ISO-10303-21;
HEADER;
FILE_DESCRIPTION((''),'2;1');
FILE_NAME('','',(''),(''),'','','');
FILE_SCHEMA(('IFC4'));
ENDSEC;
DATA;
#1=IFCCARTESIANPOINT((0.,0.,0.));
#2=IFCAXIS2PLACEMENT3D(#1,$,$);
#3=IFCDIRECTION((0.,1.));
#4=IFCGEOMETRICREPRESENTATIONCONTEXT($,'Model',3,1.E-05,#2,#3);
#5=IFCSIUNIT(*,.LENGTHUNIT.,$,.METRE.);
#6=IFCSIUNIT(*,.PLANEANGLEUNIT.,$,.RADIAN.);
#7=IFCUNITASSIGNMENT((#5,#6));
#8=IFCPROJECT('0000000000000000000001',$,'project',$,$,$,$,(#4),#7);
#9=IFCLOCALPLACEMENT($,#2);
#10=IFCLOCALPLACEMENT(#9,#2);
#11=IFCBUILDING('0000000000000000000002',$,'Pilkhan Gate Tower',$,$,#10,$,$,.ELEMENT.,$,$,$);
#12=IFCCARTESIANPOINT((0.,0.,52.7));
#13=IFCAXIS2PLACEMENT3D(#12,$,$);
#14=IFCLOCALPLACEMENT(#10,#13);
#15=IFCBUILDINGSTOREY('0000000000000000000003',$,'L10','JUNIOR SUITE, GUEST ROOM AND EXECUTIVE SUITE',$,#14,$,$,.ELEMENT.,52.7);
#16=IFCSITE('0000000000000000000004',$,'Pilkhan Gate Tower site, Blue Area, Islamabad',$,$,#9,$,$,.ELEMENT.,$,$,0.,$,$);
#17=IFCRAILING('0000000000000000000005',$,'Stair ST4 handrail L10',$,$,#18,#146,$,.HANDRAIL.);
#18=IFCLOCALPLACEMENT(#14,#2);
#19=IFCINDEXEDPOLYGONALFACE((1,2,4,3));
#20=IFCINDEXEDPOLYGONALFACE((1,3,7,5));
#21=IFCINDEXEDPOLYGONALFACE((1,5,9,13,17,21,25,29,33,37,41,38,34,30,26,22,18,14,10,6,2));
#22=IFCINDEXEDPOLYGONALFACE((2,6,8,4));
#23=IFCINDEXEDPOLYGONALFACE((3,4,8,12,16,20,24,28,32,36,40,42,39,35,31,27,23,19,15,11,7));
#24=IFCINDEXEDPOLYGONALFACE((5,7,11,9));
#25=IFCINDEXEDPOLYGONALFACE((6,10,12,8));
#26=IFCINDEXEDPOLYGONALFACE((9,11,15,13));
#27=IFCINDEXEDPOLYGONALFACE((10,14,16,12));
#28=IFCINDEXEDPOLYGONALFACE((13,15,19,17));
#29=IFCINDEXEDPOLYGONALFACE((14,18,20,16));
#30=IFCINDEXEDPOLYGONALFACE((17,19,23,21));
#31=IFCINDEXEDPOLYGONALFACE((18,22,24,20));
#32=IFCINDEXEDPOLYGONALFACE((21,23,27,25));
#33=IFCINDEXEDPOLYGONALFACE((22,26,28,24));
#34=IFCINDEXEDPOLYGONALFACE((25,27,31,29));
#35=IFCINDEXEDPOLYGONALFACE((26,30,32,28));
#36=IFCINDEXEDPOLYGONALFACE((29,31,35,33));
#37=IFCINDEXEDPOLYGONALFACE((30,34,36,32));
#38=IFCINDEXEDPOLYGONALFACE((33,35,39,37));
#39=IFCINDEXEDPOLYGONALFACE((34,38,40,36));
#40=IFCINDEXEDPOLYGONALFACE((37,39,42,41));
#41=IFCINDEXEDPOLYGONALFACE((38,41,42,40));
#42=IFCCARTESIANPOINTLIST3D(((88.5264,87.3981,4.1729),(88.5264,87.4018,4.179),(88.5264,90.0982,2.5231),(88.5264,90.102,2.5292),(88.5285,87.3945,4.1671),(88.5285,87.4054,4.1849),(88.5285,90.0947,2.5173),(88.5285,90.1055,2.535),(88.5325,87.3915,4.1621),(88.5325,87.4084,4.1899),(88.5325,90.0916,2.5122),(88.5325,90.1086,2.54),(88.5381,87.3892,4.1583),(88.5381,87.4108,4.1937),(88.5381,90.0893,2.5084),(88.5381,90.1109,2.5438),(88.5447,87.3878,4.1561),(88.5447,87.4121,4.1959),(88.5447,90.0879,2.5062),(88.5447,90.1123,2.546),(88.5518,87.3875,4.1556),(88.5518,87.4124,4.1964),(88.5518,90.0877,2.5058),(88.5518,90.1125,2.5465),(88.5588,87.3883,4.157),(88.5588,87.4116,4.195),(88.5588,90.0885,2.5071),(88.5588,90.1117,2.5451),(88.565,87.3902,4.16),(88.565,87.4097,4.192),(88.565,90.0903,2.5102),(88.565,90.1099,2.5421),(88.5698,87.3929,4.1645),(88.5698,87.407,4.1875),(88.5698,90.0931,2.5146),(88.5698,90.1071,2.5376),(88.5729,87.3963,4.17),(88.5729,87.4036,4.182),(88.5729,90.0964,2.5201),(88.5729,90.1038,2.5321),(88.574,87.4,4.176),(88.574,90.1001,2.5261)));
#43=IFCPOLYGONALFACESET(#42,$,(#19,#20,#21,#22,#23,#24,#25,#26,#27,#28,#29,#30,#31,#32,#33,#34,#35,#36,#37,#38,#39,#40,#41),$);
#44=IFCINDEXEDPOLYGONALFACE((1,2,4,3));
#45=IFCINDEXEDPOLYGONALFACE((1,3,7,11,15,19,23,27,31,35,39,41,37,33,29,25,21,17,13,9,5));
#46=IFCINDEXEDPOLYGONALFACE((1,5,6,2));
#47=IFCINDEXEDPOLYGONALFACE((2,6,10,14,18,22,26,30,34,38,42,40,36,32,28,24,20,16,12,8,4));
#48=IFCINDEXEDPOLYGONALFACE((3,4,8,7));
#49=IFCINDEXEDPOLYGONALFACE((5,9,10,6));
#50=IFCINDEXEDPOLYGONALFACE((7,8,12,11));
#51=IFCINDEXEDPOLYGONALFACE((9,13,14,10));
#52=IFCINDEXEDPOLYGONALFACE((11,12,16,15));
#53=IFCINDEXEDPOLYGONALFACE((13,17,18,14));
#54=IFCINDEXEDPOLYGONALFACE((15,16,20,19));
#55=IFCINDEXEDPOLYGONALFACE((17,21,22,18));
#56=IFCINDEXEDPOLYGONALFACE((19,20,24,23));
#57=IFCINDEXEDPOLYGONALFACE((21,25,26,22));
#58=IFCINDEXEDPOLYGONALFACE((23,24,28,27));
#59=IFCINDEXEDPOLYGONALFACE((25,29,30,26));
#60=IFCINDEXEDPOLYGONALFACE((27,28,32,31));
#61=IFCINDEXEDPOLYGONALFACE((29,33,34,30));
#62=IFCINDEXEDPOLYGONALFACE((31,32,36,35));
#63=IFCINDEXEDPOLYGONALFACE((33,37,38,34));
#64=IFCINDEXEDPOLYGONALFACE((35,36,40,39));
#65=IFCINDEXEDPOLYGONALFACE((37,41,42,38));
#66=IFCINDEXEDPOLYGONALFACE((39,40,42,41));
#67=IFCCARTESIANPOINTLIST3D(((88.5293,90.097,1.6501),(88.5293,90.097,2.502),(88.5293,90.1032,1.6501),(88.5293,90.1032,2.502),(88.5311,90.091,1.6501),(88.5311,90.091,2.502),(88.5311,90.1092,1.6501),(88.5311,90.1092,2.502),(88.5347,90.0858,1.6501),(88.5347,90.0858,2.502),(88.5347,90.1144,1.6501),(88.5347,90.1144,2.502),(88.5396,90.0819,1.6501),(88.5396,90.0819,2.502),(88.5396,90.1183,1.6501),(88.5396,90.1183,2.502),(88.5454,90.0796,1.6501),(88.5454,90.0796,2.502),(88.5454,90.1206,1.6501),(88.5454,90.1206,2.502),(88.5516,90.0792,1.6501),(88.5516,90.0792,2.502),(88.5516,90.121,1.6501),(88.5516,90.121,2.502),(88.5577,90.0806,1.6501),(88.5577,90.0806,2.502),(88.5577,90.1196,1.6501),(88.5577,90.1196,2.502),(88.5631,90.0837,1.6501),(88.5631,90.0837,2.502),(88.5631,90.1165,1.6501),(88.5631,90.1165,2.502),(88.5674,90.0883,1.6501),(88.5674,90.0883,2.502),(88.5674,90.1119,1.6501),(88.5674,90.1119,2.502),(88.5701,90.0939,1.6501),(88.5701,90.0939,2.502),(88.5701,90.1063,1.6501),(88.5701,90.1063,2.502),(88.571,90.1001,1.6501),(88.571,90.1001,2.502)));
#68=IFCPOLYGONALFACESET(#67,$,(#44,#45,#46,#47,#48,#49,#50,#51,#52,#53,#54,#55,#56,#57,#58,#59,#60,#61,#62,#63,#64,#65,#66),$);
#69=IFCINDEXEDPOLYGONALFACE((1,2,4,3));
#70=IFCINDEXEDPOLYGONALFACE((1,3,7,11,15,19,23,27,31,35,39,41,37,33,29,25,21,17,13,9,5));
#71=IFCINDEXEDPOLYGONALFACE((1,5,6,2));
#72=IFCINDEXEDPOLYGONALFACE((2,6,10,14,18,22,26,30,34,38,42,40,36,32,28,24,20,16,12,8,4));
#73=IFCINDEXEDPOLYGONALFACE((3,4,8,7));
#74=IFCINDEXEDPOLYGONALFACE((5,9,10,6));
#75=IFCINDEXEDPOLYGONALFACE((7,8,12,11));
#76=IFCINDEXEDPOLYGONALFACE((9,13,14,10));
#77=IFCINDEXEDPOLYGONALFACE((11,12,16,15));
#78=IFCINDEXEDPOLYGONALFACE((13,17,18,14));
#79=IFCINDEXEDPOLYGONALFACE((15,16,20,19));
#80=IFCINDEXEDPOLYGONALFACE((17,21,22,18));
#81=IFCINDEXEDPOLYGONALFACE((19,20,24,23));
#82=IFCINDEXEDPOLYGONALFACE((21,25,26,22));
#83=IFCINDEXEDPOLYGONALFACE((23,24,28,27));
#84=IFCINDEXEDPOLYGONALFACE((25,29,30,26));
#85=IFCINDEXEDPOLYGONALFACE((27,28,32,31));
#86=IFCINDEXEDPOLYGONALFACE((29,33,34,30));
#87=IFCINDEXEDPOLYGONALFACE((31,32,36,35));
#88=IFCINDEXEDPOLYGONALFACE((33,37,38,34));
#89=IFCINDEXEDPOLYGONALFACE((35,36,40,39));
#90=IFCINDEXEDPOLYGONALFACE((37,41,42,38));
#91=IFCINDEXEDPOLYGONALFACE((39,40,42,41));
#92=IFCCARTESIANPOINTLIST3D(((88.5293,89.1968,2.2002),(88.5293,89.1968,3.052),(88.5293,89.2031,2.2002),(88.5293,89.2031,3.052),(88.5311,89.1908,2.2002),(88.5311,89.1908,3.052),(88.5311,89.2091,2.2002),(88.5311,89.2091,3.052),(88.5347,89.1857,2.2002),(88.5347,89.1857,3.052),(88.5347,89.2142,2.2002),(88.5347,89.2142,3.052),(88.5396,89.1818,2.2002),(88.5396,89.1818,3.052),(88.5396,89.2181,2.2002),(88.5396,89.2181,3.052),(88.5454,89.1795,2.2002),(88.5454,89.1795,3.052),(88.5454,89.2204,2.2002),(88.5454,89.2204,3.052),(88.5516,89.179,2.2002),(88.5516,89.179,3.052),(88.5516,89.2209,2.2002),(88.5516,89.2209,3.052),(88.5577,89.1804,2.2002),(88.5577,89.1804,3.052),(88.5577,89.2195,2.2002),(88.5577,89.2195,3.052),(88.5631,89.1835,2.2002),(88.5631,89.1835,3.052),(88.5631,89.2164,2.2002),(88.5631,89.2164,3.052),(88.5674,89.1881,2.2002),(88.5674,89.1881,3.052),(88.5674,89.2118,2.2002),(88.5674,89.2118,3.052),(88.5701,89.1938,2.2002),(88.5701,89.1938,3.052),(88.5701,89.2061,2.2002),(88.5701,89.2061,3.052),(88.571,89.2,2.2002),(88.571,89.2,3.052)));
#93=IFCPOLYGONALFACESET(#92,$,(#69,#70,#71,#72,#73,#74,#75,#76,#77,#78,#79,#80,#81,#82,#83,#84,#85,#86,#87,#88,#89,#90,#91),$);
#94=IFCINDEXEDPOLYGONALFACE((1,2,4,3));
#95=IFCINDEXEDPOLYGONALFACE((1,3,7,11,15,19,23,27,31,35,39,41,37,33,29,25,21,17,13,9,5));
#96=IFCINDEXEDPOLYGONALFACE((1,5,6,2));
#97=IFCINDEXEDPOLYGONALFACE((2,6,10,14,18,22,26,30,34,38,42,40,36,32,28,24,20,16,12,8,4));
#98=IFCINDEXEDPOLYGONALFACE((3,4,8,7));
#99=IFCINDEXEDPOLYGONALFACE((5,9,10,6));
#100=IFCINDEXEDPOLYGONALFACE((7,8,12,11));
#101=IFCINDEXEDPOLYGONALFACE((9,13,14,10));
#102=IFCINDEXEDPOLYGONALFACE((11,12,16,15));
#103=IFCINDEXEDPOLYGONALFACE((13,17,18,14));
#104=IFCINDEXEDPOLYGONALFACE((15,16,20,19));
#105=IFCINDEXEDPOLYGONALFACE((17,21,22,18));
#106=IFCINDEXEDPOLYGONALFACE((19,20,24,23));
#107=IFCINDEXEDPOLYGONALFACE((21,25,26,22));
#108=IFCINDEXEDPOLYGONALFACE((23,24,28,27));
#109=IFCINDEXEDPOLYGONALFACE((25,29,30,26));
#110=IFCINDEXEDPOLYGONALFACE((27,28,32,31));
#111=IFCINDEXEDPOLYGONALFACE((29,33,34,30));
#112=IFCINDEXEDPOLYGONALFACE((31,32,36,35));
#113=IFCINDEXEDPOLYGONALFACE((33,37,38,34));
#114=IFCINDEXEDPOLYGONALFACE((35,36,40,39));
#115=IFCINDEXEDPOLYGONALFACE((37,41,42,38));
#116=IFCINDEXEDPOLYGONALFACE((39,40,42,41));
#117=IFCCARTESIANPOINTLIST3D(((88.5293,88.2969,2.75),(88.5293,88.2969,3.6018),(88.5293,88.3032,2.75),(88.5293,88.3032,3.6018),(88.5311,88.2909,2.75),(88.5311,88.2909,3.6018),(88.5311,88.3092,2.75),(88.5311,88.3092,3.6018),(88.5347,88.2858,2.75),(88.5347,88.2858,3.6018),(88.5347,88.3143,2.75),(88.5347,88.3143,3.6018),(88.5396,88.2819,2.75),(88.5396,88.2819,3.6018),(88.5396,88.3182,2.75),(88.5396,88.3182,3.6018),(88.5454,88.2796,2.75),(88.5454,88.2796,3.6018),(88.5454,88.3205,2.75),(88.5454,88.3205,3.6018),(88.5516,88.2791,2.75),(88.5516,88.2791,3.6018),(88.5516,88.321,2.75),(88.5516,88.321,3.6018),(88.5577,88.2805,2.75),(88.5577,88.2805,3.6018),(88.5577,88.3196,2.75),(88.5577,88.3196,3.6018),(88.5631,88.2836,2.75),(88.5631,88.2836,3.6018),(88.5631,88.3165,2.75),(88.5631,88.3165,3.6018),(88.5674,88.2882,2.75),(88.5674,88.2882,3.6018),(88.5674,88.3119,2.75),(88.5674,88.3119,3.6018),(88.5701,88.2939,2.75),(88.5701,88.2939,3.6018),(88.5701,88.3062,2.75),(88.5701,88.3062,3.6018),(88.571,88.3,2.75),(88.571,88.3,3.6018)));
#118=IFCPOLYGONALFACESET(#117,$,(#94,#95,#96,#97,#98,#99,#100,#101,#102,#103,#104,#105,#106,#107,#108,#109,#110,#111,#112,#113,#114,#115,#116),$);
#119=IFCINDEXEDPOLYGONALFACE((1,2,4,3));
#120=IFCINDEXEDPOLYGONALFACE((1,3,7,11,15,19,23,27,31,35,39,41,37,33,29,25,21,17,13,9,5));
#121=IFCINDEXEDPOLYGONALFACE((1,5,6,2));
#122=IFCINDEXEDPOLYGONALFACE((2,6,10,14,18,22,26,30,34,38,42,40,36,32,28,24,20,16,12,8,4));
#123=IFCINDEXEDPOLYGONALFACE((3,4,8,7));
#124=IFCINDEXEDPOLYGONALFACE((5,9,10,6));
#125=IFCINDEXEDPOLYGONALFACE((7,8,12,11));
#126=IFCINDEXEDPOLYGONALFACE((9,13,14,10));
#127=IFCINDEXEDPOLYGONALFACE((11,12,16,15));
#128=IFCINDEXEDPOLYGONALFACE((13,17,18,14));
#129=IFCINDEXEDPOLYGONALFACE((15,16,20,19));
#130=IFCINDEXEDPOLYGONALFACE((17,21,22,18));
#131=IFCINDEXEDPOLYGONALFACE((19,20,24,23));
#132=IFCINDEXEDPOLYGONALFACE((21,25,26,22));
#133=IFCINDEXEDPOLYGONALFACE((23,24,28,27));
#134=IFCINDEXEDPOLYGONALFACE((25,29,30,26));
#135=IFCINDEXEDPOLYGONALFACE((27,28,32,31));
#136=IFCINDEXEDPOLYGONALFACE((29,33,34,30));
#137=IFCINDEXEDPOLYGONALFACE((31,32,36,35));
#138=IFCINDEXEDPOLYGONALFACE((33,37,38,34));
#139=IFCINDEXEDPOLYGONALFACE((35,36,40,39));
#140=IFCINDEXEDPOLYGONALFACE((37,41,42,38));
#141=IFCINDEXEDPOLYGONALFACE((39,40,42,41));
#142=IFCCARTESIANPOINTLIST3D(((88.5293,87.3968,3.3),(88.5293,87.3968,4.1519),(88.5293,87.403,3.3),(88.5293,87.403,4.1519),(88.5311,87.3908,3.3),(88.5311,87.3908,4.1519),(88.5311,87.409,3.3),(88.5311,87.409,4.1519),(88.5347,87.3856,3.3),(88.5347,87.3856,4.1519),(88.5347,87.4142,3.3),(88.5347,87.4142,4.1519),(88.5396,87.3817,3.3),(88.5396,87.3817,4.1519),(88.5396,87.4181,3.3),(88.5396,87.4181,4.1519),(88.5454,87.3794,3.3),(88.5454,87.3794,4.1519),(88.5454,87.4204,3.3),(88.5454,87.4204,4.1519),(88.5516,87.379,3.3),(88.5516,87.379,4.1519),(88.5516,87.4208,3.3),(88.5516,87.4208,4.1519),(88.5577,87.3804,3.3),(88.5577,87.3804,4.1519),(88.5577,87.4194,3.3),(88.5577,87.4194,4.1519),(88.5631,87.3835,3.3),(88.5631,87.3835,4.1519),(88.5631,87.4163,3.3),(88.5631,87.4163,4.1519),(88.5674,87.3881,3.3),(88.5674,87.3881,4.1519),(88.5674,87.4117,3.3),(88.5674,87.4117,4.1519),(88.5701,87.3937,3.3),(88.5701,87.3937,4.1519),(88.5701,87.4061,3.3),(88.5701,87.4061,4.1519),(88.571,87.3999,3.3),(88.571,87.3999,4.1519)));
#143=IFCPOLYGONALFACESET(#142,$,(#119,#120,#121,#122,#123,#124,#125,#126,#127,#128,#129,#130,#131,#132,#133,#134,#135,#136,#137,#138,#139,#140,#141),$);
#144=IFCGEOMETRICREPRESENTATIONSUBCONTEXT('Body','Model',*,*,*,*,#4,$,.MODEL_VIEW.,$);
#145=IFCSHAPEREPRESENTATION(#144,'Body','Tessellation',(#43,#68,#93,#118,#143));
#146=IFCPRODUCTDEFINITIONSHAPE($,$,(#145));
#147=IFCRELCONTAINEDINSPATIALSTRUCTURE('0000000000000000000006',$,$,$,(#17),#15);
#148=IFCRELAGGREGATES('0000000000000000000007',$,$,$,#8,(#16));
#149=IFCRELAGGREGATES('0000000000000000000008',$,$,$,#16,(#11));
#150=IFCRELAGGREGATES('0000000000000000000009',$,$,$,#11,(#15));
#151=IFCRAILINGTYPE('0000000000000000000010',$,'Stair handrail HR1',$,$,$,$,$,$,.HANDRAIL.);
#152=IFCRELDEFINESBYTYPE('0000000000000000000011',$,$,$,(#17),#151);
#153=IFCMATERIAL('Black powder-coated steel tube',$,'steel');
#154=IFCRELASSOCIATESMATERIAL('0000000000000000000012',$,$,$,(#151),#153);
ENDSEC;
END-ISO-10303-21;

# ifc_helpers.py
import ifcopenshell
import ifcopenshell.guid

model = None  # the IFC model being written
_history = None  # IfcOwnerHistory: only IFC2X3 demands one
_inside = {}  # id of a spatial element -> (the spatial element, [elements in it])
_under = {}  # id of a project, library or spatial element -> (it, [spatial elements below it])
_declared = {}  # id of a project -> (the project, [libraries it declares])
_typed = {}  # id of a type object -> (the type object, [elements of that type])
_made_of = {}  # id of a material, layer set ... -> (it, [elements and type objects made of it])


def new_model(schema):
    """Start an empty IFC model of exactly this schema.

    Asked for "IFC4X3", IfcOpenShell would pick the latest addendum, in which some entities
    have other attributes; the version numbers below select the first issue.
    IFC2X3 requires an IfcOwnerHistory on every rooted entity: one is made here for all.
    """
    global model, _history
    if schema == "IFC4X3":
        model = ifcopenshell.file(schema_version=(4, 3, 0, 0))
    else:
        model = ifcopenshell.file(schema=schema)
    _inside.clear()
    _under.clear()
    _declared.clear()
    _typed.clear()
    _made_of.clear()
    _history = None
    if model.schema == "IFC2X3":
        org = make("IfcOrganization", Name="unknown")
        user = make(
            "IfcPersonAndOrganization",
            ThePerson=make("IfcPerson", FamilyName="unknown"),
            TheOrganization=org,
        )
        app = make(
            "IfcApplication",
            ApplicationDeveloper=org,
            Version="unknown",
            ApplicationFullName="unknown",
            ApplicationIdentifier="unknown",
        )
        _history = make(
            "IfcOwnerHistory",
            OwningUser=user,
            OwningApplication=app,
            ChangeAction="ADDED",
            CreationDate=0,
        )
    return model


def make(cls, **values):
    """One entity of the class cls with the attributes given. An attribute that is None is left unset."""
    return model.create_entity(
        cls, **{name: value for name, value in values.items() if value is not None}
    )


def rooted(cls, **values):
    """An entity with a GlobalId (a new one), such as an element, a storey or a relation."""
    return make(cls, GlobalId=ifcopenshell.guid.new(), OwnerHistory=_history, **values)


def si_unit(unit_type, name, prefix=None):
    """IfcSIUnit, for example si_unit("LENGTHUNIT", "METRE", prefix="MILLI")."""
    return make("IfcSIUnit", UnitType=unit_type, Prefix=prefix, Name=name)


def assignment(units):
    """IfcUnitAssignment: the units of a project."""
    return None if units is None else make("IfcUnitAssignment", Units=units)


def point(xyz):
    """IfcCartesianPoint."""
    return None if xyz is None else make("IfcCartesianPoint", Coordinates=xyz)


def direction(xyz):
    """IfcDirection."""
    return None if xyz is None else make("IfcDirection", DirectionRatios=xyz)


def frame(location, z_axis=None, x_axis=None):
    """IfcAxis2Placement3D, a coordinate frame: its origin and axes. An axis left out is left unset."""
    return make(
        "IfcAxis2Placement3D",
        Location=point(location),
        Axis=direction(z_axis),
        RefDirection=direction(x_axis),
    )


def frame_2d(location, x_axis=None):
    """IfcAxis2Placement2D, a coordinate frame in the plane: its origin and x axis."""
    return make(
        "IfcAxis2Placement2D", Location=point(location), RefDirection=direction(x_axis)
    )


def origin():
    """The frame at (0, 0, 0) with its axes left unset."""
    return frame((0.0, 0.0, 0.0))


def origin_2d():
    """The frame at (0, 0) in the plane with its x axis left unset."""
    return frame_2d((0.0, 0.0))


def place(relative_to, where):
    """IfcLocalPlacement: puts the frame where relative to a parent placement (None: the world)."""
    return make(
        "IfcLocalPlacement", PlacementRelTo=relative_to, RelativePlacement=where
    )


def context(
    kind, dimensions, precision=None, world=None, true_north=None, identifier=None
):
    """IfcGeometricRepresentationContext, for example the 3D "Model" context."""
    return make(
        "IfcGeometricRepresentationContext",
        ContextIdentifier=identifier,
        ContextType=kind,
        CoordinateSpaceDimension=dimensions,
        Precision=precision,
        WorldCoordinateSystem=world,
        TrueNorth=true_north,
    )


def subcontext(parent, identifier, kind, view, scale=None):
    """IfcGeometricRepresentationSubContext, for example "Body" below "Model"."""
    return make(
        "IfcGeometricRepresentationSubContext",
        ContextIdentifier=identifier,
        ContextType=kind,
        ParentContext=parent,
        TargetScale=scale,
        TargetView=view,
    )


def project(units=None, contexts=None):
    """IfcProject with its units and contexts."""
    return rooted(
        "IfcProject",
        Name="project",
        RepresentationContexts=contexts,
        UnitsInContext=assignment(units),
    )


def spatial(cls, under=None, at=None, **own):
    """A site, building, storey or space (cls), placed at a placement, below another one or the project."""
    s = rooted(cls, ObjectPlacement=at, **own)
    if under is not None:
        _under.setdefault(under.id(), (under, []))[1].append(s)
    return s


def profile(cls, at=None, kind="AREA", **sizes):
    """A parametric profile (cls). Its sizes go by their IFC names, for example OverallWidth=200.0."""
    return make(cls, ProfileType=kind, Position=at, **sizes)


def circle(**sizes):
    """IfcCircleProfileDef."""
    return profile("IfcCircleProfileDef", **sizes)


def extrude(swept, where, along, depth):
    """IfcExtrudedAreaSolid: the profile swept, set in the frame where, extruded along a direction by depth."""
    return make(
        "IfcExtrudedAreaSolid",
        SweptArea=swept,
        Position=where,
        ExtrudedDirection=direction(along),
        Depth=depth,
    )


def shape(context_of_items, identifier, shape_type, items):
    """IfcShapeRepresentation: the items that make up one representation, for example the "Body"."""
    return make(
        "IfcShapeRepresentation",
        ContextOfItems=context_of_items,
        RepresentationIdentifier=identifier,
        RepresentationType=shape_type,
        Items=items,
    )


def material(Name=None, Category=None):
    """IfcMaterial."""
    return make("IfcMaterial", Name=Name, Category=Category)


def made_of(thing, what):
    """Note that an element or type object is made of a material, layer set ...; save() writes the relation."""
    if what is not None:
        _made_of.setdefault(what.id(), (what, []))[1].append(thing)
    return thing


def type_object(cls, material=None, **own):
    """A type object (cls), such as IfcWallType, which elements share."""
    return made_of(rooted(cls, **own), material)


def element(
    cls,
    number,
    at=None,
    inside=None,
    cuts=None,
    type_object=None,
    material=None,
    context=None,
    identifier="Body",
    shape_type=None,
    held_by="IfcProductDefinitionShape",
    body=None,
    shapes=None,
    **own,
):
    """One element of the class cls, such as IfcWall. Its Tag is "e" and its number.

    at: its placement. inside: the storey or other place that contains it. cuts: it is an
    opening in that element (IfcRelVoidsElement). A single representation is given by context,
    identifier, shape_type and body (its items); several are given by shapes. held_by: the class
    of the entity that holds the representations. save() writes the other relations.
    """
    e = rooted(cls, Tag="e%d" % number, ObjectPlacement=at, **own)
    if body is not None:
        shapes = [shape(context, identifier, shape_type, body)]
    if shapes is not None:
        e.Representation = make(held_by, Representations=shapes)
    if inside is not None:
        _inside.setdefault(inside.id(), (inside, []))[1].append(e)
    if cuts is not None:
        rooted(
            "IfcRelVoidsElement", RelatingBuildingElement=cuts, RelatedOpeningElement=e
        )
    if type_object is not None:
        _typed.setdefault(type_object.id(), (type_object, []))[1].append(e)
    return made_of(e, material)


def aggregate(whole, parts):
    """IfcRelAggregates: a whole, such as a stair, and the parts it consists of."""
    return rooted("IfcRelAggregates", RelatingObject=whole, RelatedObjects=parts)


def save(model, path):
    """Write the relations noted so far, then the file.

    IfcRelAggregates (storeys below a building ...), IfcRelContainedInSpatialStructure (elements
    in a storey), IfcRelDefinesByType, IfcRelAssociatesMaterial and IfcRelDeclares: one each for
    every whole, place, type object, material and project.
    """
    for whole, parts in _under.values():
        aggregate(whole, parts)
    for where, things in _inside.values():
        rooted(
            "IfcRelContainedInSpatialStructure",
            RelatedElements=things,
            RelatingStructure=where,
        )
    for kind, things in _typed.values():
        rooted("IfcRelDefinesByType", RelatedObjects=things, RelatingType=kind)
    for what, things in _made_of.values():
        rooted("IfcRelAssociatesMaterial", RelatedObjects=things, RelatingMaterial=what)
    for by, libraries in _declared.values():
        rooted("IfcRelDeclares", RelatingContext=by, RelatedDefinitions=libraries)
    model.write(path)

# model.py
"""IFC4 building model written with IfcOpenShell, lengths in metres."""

from ifc_helpers import new_model, si_unit, direction, frame, origin, origin_2d, place, context, subcontext, project, spatial, circle, extrude, material, type_object, element, save


model = new_model("IFC4")

# Units and contexts
model_context = context("Model", 3, precision=1e-05, world=origin(), true_north=direction((0.0, 1.0)))
body_context = subcontext(model_context, "Body", "Model", "MODEL_VIEW")
ifc_project = project(units=[si_unit("LENGTHUNIT", "METRE"), si_unit("PLANEANGLEUNIT", "RADIAN")], contexts=[model_context])

# Site, building, storey
site_placement = place(None, origin())
site = spatial("IfcSite", under=ifc_project, at=site_placement, Name="Pilkhan Gate Tower site, Blue Area, Islamabad", CompositionType="ELEMENT", RefElevation=0.0)
building_placement = place(site_placement, origin())
building = spatial("IfcBuilding", under=site, at=building_placement, Name="Pilkhan Gate Tower", CompositionType="ELEMENT")
storey_placement = place(building_placement, frame((0.0, 0.0, 52.7)))
storey = spatial("IfcBuildingStorey", under=building, at=storey_placement, Name="L10", Description="JUNIOR SUITE, GUEST ROOM AND EXECUTIVE SUITE", CompositionType="ELEMENT", Elevation=52.7)

# Railing
ifc_material_1 = material(Name="Black powder-coated steel tube", Category="steel")
railing_type_1 = type_object("IfcRailingType", Name="Stair handrail HR1", PredefinedType="HANDRAIL", material=ifc_material_1)
railing_1_placement = place(storey_placement, frame((88.55, 90.1001, 1.6501)))
element("IfcRailing", 1, at=railing_1_placement, inside=storey, type_object=railing_type_1, Name="Stair ST4 handrail L10", PredefinedType="HANDRAIL", context=body_context, shape_type="SweptSolid", body=[
    extrude(circle(Radius=0.0239, at=origin_2d()), frame((0.0, 0.0, 0.876), z_axis=(0.0, -0.853312, 0.5214), x_axis=(1.0, 0.0, 0.0)), (0.0, 0.0, 1.0), 3.1643),
    extrude(circle(Radius=0.021, at=origin_2d()), origin(), (0.0, 0.0, 1.0), 0.8518),
    extrude(circle(Radius=0.021, at=origin_2d()), frame((0.0, -0.9001, 0.55)), (0.0, 0.0, 1.0), 0.8518),
    extrude(circle(Radius=0.021, at=origin_2d()), frame((0.0, -1.8, 1.0999)), (0.0, 0.0, 1.0), 0.8518),
    extrude(circle(Radius=0.021, at=origin_2d()), frame((0.0, -2.7002, 1.6499)), (0.0, 0.0, 1.0), 0.8518),
])

save(model, "model.ifc")
